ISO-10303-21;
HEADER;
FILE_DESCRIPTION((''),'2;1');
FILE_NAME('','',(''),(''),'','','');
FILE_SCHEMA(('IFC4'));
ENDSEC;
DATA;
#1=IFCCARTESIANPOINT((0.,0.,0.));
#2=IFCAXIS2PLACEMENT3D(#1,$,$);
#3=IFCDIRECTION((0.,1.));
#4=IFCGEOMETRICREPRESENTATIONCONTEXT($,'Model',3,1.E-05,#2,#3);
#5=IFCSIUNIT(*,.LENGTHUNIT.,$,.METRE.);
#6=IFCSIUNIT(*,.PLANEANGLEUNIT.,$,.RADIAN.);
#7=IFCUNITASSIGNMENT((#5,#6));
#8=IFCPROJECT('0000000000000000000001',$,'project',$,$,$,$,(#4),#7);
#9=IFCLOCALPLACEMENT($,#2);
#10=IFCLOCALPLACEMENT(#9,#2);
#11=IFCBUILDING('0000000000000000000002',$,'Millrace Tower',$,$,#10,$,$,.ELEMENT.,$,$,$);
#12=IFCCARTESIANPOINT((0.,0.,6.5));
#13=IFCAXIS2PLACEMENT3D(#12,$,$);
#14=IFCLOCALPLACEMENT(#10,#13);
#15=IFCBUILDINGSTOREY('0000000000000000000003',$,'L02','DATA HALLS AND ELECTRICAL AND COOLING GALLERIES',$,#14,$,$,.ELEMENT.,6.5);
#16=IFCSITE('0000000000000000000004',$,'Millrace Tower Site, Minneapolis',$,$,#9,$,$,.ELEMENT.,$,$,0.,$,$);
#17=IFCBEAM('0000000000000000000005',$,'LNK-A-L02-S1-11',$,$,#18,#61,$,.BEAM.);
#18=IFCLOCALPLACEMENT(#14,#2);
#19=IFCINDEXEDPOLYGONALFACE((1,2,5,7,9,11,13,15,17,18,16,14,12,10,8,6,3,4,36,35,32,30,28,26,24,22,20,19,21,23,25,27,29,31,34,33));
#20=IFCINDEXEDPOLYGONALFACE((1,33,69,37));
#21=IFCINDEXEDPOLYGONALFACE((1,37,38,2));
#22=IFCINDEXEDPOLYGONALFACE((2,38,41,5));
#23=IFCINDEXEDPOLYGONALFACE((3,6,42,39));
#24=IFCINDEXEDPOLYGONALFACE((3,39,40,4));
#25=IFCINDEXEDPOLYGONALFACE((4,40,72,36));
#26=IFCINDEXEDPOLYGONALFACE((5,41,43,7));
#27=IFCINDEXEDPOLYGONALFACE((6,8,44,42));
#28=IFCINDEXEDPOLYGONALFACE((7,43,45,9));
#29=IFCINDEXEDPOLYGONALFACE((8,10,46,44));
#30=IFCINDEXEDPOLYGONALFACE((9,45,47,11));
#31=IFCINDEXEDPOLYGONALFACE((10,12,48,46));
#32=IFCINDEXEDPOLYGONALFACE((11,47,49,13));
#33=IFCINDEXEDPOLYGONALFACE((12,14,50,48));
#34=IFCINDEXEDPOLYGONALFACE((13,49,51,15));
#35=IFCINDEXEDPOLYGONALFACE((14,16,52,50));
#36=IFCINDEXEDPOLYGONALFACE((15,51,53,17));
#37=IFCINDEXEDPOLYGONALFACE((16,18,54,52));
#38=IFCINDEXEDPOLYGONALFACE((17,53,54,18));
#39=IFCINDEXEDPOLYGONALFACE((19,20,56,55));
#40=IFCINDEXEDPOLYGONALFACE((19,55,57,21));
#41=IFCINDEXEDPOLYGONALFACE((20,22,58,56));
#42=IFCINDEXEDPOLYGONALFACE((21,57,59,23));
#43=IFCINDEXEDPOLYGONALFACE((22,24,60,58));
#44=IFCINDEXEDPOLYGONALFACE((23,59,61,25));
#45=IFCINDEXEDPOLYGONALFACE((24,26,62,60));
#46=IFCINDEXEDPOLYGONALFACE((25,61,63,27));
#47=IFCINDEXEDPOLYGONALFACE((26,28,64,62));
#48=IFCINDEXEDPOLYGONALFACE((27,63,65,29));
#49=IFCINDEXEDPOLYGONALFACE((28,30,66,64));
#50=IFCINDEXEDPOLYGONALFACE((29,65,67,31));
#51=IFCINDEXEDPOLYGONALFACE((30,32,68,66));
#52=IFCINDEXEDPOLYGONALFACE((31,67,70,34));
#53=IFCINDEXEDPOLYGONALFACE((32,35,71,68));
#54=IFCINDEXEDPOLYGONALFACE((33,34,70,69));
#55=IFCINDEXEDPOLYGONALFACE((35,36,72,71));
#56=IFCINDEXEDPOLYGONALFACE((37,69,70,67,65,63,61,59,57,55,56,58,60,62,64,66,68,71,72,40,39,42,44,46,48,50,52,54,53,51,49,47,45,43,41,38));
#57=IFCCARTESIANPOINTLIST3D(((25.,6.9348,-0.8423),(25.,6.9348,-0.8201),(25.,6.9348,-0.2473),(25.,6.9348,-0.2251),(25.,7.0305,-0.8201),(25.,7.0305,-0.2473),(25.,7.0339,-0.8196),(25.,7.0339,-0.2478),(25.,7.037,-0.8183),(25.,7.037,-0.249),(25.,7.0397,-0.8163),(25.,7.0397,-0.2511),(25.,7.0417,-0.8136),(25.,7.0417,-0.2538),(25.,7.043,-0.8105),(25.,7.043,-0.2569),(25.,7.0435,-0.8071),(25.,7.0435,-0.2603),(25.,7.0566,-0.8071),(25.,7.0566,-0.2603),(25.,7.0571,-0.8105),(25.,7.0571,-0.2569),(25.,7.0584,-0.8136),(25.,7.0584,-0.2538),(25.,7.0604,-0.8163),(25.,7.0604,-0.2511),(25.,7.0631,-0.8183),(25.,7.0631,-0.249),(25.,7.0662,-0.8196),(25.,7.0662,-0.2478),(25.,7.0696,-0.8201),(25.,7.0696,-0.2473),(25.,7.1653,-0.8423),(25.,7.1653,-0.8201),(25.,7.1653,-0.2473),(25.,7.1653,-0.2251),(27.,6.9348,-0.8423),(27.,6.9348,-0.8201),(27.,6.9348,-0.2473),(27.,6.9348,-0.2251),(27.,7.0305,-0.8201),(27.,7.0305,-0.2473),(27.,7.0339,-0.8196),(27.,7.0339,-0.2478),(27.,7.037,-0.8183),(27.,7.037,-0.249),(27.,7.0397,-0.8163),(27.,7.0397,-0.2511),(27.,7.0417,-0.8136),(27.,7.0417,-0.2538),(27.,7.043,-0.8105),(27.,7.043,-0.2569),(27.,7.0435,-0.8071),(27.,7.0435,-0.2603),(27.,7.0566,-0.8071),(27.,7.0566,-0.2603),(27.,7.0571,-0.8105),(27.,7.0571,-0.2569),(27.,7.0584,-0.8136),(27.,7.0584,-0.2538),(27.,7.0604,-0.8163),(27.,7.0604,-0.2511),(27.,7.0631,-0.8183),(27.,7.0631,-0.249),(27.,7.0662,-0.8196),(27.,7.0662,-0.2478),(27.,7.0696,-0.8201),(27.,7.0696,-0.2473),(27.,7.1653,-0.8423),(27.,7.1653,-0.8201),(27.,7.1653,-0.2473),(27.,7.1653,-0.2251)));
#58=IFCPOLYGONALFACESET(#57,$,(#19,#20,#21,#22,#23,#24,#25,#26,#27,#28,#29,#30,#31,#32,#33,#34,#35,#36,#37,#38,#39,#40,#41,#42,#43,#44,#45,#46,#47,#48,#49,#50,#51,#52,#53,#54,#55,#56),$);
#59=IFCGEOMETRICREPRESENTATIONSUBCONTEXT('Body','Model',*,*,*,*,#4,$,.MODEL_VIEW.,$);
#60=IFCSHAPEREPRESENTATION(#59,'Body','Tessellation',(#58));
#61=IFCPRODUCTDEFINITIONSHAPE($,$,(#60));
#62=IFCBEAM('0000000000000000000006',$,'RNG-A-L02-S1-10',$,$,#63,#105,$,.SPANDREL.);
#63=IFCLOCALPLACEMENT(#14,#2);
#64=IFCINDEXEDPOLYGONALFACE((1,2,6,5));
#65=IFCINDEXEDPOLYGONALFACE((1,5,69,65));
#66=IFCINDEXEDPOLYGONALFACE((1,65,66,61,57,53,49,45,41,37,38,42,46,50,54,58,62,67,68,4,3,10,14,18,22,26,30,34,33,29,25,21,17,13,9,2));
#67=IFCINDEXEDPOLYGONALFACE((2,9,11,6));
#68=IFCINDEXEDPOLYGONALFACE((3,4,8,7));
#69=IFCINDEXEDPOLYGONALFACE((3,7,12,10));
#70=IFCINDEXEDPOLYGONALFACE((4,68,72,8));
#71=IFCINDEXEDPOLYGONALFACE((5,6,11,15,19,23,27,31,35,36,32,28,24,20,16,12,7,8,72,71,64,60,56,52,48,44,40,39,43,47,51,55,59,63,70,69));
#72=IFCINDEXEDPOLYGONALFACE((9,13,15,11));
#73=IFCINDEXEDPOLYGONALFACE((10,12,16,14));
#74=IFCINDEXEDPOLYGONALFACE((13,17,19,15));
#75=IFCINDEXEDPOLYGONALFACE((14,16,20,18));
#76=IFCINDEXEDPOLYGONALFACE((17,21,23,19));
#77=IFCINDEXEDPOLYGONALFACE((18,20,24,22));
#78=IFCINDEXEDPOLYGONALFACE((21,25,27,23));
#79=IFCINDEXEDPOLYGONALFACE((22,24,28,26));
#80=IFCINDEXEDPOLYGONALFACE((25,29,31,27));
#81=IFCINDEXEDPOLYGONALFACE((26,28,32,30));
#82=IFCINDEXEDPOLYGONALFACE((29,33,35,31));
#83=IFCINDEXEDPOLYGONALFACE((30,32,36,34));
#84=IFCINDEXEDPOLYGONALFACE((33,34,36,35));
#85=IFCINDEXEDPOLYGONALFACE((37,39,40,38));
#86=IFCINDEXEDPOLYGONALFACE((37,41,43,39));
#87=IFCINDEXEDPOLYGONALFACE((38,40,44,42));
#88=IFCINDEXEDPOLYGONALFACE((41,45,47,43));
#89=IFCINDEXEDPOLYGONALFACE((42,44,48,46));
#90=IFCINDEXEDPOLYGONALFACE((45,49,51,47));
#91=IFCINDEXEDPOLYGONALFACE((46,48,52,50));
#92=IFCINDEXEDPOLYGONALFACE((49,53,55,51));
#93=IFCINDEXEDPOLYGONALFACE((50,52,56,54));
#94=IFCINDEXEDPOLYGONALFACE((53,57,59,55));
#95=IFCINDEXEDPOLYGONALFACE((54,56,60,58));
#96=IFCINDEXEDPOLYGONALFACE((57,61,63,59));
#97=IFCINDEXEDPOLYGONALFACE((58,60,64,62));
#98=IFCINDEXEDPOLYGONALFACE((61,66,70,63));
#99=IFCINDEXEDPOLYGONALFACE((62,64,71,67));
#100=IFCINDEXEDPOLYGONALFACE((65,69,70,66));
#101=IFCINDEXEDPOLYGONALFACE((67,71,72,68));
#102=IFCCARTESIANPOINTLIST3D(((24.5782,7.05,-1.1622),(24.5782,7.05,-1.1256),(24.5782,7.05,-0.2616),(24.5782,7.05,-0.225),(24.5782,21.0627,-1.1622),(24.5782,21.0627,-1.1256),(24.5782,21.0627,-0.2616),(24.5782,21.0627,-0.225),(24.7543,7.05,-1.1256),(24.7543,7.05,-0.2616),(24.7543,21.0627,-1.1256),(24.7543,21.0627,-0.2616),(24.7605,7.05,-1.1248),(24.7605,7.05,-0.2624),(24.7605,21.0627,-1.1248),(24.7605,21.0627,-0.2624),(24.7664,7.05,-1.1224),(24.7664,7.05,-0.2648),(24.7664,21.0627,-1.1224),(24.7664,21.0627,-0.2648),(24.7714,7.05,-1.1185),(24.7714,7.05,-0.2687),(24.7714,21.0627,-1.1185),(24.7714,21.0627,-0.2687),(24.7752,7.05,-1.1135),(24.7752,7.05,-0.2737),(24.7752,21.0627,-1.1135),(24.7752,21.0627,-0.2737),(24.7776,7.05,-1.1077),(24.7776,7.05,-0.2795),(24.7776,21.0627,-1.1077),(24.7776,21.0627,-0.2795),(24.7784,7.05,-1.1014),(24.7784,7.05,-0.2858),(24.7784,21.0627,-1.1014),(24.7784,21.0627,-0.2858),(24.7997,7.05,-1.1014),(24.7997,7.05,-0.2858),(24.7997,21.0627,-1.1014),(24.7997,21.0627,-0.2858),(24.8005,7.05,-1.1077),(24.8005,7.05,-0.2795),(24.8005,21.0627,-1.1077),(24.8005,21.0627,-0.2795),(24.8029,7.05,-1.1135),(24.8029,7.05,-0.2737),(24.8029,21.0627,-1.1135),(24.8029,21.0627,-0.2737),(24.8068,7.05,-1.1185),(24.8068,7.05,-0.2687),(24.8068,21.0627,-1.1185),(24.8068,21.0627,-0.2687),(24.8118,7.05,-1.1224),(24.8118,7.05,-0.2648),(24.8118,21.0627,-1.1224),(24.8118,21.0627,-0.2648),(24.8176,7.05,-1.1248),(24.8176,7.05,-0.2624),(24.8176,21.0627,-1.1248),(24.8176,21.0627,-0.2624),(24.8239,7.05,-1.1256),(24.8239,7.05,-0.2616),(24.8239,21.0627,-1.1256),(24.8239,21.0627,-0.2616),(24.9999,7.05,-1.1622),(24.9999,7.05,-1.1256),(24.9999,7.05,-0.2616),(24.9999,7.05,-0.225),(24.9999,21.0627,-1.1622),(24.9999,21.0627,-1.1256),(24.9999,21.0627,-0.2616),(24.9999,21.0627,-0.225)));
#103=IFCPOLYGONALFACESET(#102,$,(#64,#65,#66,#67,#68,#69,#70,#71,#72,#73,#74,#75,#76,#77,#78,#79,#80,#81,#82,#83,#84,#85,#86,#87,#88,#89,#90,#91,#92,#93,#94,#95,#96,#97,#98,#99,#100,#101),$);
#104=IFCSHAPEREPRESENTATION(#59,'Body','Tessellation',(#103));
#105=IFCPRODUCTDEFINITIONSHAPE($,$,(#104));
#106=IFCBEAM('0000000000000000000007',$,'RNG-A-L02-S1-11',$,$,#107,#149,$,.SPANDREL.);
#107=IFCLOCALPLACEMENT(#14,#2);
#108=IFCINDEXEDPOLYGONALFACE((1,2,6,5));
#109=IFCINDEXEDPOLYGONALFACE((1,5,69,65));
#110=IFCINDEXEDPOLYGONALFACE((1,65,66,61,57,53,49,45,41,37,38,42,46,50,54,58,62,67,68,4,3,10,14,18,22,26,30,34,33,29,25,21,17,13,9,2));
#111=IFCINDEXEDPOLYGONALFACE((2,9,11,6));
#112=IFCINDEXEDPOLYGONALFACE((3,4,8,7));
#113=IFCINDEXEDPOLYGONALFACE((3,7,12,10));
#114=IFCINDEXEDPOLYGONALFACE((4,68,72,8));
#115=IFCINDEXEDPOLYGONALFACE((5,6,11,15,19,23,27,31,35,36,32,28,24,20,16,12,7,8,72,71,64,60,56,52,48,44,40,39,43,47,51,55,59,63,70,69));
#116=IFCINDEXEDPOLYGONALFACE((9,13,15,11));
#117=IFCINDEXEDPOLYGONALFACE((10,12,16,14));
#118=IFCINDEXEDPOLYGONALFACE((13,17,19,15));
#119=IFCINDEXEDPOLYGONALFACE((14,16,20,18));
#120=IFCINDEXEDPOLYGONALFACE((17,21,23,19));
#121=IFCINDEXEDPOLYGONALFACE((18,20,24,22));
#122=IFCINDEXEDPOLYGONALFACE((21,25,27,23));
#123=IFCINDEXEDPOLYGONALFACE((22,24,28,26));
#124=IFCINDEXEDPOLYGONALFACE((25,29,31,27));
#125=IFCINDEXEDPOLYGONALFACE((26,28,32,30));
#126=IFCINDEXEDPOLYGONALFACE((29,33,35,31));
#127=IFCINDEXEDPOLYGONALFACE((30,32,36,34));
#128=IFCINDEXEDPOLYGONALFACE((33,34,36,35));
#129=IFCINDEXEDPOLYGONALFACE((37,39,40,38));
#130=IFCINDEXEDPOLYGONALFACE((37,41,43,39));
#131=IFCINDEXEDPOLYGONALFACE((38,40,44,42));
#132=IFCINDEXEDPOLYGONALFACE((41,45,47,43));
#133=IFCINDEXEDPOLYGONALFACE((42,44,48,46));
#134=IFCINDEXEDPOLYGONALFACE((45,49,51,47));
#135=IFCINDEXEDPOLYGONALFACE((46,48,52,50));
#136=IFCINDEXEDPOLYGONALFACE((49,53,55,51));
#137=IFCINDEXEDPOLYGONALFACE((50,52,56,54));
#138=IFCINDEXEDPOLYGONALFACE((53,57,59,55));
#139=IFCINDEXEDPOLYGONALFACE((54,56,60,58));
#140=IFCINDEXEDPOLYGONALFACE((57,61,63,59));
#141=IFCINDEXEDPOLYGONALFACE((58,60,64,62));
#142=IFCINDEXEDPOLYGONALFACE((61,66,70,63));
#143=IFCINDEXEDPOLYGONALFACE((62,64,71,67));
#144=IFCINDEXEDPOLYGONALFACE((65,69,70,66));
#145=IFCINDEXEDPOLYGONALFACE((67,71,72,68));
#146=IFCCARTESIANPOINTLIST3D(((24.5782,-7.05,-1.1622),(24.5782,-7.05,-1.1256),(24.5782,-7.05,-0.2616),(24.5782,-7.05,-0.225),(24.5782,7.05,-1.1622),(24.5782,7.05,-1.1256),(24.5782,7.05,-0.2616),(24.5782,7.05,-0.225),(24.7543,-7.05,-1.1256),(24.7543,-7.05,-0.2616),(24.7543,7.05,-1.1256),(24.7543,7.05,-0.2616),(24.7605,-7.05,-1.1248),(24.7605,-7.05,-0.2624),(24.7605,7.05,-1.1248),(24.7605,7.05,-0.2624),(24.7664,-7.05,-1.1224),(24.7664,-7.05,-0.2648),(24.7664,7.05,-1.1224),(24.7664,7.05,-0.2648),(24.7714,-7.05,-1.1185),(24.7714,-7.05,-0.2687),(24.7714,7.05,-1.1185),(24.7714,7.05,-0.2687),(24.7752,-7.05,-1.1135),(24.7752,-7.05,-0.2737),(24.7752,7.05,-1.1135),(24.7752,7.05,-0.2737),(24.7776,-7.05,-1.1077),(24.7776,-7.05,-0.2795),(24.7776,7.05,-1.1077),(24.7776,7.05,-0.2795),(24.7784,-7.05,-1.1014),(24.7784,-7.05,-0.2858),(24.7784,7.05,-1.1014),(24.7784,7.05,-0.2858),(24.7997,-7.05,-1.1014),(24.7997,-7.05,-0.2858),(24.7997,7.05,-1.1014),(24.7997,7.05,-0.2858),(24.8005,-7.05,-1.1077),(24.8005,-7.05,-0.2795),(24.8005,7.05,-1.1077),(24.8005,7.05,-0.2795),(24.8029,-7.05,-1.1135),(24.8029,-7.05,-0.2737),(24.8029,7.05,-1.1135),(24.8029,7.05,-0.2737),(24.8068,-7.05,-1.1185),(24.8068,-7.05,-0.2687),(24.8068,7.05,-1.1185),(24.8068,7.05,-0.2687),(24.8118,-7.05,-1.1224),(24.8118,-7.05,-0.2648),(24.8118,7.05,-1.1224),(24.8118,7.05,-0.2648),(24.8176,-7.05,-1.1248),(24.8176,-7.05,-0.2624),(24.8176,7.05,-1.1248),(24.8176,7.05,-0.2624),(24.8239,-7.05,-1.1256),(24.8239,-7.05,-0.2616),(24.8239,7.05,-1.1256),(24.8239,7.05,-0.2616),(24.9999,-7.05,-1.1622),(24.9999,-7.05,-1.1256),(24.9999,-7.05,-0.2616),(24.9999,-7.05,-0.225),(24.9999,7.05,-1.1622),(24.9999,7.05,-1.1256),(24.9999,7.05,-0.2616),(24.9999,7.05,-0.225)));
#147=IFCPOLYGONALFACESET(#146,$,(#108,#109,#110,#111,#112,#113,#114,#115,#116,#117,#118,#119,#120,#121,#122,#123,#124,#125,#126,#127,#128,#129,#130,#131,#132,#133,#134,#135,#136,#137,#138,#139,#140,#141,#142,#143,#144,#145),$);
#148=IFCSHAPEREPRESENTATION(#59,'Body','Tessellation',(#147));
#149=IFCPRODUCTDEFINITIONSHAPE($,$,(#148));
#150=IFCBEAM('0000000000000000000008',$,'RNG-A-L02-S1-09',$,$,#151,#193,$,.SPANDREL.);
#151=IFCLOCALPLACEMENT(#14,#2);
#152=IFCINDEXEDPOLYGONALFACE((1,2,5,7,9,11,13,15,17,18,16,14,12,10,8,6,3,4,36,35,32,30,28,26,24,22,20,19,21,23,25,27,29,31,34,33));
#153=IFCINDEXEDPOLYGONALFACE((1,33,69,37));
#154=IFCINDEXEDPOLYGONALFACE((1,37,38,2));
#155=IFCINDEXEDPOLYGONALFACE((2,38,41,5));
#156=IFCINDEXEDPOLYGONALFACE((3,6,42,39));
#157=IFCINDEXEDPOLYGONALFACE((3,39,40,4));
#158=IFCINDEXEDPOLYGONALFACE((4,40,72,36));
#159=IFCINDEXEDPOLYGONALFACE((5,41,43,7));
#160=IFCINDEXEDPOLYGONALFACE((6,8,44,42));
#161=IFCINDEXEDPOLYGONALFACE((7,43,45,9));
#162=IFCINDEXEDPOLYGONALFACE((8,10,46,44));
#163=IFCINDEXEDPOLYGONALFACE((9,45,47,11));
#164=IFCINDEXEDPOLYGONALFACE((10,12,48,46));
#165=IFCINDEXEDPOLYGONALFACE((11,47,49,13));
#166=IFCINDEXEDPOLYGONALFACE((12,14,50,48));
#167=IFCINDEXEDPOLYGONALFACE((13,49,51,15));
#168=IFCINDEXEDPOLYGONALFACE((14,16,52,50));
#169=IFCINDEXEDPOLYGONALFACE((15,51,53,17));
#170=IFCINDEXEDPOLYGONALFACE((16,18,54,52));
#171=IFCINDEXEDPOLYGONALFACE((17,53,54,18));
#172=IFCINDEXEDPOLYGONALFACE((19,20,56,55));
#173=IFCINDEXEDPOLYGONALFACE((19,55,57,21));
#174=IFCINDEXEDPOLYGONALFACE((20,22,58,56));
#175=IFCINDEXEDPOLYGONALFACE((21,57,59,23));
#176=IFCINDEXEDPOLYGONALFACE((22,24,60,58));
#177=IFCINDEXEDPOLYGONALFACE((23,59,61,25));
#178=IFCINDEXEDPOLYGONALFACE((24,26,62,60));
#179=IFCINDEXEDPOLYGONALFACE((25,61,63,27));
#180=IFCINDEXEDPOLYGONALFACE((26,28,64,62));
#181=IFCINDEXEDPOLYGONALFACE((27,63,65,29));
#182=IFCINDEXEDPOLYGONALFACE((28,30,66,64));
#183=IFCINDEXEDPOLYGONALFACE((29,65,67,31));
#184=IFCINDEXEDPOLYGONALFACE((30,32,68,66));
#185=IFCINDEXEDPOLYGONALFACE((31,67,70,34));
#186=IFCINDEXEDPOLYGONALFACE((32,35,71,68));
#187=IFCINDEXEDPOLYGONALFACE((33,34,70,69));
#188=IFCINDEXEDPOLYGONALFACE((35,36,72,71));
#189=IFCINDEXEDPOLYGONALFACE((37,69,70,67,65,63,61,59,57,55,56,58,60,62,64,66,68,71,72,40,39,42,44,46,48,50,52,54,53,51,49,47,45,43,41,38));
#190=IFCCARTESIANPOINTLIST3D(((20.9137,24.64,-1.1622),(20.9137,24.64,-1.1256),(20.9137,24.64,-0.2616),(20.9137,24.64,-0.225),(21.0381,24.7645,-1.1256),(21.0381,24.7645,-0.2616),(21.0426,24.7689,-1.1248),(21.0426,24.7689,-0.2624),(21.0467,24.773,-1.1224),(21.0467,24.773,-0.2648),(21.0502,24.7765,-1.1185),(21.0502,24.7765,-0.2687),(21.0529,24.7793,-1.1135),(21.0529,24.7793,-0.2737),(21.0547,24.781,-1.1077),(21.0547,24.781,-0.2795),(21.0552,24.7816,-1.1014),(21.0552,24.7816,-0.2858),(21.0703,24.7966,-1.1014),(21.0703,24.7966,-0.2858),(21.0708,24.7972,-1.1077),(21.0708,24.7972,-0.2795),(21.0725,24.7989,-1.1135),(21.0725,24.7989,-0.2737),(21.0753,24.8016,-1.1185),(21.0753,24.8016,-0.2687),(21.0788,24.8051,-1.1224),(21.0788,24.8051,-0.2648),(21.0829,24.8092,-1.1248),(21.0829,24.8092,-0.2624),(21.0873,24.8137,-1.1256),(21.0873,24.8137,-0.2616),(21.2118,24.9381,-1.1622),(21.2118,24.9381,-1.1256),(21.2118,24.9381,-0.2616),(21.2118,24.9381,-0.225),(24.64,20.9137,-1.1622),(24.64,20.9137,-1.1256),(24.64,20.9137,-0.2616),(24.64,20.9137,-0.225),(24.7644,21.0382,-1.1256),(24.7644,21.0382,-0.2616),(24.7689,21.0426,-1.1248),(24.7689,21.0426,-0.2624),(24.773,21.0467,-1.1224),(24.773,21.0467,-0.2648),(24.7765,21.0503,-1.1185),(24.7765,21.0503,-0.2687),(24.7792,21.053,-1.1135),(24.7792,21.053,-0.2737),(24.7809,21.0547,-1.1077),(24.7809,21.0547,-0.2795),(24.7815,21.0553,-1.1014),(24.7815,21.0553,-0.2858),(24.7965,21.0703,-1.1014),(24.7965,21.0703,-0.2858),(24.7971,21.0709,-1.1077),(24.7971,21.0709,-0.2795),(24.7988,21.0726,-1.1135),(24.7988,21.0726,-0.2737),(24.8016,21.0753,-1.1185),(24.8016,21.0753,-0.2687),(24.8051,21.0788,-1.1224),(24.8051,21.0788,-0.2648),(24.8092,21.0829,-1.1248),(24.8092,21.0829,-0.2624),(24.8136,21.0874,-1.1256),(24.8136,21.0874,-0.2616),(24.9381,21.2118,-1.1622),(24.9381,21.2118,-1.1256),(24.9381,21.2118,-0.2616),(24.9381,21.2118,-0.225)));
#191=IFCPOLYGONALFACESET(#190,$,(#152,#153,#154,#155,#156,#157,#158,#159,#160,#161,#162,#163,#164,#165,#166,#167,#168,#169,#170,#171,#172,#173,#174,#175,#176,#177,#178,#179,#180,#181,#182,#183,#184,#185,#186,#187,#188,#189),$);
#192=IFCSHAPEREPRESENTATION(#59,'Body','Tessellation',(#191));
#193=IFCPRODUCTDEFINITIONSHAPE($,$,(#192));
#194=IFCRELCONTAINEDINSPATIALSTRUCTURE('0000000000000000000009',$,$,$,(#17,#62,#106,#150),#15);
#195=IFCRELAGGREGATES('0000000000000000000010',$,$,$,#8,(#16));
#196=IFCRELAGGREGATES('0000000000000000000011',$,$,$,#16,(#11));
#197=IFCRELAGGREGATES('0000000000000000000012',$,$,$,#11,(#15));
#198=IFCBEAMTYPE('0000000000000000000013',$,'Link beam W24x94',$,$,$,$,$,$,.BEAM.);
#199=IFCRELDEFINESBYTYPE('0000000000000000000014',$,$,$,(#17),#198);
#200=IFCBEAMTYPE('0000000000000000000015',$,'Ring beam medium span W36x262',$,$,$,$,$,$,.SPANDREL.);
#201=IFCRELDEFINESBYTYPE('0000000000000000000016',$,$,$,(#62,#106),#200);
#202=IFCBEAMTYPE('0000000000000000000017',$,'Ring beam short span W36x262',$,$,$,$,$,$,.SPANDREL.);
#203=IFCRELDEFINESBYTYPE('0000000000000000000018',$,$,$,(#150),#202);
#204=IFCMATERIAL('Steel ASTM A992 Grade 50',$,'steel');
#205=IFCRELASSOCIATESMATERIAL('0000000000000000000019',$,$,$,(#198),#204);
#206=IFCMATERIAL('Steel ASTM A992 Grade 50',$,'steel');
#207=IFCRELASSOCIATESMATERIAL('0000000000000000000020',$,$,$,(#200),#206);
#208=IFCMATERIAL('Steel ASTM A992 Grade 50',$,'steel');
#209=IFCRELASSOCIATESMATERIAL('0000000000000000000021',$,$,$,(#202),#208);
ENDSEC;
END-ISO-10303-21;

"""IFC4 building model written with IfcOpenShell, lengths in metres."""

from ifc_helpers import new_model, si_unit, direction, frame, origin, origin_2d, place, context, subcontext, project, spatial, i_section, extrude, material, material_profile, profile_set, type_object, element, save


model = new_model("IFC4")

# Units and contexts
model_context = context("Model", 3, precision=1e-05, world=origin(), true_north=direction((0.0, 1.0)))
body_context = subcontext(model_context, "Body", "Model", "MODEL_VIEW")
ifc_project = project(units=[si_unit("LENGTHUNIT", "METRE"), si_unit("PLANEANGLEUNIT", "RADIAN")], contexts=[model_context])

# Site, building, storey
site_placement = place(None, origin())
site = spatial("IfcSite", under=ifc_project, at=site_placement, Name="Millrace Tower Site, Minneapolis", CompositionType="ELEMENT", RefElevation=0.0)
building_placement = place(site_placement, origin())
building = spatial("IfcBuilding", under=site, at=building_placement, Name="Millrace Tower", CompositionType="ELEMENT")
storey_placement = place(building_placement, frame((0.0, 0.0, 6.5)))
storey = spatial("IfcBuildingStorey", under=building, at=storey_placement, Name="L02", Description="DATA HALLS AND ELECTRICAL AND COOLING GALLERIES", CompositionType="ELEMENT", Elevation=6.5)

# Beams
ifc_material_1 = material(Name="Steel ASTM A992 Grade 50", Category="steel")
ifc_material_profile_1 = material_profile(ifc_material_1, i_section(OverallWidth=0.2305, OverallDepth=0.6172, WebThickness=0.0132, FlangeThickness=0.0222, FilletRadius=0.0129, at=origin_2d()))
ifc_profile_set_1 = profile_set([ifc_material_profile_1], Name="Steel ASTM A992 Grade 50")
beam_type_1 = type_object("IfcBeamType", Name="Link beam W24x94", PredefinedType="BEAM", material=ifc_profile_set_1)
beam_1_placement = place(storey_placement, frame((25.0, 7.05, -0.5337), z_axis=(1.0, 0.0, 0.0), x_axis=(0.0, 1.0, 0.0)))
element("IfcBeam", 1, at=beam_1_placement, inside=storey, type_object=beam_type_1, Name="LNK-A-L02-S1-11", PredefinedType="BEAM", context=body_context, shape_type="SweptSolid", body=[
    extrude(i_section(OverallWidth=0.2305, OverallDepth=0.6172, WebThickness=0.0132, FlangeThickness=0.0222, FilletRadius=0.0129, at=origin_2d()), origin(), (0.0, 0.0, 1.0), 2.0),
])
ifc_material_2 = material(Name="Steel ASTM A992 Grade 50", Category="steel")
ifc_material_profile_2 = material_profile(ifc_material_2, i_section(OverallWidth=0.4216, OverallDepth=0.9373, WebThickness=0.0212, FlangeThickness=0.0366, FilletRadius=0.0242, at=origin_2d()))
ifc_profile_set_2 = profile_set([ifc_material_profile_2], Name="Steel ASTM A992 Grade 50")
beam_type_2 = type_object("IfcBeamType", Name="Ring beam medium span W36x262", PredefinedType="SPANDREL", material=ifc_profile_set_2)
beam_2_placement = place(storey_placement, frame((24.7891, 21.0627, -0.6936), z_axis=(0.0, -1.0, 0.0), x_axis=(1.0, 0.0, 0.0)))
element("IfcBeam", 2, at=beam_2_placement, inside=storey, type_object=beam_type_2, Name="RNG-A-L02-S1-10", PredefinedType="SPANDREL", context=body_context, shape_type="SweptSolid", body=[
    extrude(i_section(OverallWidth=0.4216, OverallDepth=0.9373, WebThickness=0.0212, FlangeThickness=0.0366, FilletRadius=0.0242, at=origin_2d()), origin(), (0.0, 0.0, 1.0), 14.0127),
])
beam_3_placement = place(storey_placement, frame((24.7891, 7.05, -0.6936), z_axis=(0.0, -1.0, 0.0), x_axis=(1.0, 0.0, 0.0)))
element("IfcBeam", 3, at=beam_3_placement, inside=storey, type_object=beam_type_2, Name="RNG-A-L02-S1-11", PredefinedType="SPANDREL", context=body_context, shape_type="SweptSolid", body=[
    extrude(i_section(OverallWidth=0.4216, OverallDepth=0.9373, WebThickness=0.0212, FlangeThickness=0.0366, FilletRadius=0.0242, at=origin_2d()), origin(), (0.0, 0.0, 1.0), 14.1001),
])
ifc_material_3 = material(Name="Steel ASTM A992 Grade 50", Category="steel")
ifc_material_profile_3 = material_profile(ifc_material_3, i_section(OverallWidth=0.4216, OverallDepth=0.9373, WebThickness=0.0212, FlangeThickness=0.0366, FilletRadius=0.0242, at=origin_2d()))
ifc_profile_set_3 = profile_set([ifc_material_profile_3], Name="Steel ASTM A992 Grade 50")
beam_type_3 = type_object("IfcBeamType", Name="Ring beam short span W36x262", PredefinedType="SPANDREL", material=ifc_profile_set_3)
beam_4_placement = place(storey_placement, frame((21.0627, 24.7891, -0.6936), z_axis=(0.707107, -0.707107, 0.0), x_axis=(0.707107, 0.707107, 0.0)))
element("IfcBeam", 4, at=beam_4_placement, inside=storey, type_object=beam_type_3, Name="RNG-A-L02-S1-09", PredefinedType="SPANDREL", context=body_context, shape_type="SweptSolid", body=[
    extrude(i_section(OverallWidth=0.4216, OverallDepth=0.9373, WebThickness=0.0212, FlangeThickness=0.0366, FilletRadius=0.0242, at=origin_2d()), origin(), (0.0, 0.0, 1.0), 5.2698),
])

save(model, "model.ifc")
